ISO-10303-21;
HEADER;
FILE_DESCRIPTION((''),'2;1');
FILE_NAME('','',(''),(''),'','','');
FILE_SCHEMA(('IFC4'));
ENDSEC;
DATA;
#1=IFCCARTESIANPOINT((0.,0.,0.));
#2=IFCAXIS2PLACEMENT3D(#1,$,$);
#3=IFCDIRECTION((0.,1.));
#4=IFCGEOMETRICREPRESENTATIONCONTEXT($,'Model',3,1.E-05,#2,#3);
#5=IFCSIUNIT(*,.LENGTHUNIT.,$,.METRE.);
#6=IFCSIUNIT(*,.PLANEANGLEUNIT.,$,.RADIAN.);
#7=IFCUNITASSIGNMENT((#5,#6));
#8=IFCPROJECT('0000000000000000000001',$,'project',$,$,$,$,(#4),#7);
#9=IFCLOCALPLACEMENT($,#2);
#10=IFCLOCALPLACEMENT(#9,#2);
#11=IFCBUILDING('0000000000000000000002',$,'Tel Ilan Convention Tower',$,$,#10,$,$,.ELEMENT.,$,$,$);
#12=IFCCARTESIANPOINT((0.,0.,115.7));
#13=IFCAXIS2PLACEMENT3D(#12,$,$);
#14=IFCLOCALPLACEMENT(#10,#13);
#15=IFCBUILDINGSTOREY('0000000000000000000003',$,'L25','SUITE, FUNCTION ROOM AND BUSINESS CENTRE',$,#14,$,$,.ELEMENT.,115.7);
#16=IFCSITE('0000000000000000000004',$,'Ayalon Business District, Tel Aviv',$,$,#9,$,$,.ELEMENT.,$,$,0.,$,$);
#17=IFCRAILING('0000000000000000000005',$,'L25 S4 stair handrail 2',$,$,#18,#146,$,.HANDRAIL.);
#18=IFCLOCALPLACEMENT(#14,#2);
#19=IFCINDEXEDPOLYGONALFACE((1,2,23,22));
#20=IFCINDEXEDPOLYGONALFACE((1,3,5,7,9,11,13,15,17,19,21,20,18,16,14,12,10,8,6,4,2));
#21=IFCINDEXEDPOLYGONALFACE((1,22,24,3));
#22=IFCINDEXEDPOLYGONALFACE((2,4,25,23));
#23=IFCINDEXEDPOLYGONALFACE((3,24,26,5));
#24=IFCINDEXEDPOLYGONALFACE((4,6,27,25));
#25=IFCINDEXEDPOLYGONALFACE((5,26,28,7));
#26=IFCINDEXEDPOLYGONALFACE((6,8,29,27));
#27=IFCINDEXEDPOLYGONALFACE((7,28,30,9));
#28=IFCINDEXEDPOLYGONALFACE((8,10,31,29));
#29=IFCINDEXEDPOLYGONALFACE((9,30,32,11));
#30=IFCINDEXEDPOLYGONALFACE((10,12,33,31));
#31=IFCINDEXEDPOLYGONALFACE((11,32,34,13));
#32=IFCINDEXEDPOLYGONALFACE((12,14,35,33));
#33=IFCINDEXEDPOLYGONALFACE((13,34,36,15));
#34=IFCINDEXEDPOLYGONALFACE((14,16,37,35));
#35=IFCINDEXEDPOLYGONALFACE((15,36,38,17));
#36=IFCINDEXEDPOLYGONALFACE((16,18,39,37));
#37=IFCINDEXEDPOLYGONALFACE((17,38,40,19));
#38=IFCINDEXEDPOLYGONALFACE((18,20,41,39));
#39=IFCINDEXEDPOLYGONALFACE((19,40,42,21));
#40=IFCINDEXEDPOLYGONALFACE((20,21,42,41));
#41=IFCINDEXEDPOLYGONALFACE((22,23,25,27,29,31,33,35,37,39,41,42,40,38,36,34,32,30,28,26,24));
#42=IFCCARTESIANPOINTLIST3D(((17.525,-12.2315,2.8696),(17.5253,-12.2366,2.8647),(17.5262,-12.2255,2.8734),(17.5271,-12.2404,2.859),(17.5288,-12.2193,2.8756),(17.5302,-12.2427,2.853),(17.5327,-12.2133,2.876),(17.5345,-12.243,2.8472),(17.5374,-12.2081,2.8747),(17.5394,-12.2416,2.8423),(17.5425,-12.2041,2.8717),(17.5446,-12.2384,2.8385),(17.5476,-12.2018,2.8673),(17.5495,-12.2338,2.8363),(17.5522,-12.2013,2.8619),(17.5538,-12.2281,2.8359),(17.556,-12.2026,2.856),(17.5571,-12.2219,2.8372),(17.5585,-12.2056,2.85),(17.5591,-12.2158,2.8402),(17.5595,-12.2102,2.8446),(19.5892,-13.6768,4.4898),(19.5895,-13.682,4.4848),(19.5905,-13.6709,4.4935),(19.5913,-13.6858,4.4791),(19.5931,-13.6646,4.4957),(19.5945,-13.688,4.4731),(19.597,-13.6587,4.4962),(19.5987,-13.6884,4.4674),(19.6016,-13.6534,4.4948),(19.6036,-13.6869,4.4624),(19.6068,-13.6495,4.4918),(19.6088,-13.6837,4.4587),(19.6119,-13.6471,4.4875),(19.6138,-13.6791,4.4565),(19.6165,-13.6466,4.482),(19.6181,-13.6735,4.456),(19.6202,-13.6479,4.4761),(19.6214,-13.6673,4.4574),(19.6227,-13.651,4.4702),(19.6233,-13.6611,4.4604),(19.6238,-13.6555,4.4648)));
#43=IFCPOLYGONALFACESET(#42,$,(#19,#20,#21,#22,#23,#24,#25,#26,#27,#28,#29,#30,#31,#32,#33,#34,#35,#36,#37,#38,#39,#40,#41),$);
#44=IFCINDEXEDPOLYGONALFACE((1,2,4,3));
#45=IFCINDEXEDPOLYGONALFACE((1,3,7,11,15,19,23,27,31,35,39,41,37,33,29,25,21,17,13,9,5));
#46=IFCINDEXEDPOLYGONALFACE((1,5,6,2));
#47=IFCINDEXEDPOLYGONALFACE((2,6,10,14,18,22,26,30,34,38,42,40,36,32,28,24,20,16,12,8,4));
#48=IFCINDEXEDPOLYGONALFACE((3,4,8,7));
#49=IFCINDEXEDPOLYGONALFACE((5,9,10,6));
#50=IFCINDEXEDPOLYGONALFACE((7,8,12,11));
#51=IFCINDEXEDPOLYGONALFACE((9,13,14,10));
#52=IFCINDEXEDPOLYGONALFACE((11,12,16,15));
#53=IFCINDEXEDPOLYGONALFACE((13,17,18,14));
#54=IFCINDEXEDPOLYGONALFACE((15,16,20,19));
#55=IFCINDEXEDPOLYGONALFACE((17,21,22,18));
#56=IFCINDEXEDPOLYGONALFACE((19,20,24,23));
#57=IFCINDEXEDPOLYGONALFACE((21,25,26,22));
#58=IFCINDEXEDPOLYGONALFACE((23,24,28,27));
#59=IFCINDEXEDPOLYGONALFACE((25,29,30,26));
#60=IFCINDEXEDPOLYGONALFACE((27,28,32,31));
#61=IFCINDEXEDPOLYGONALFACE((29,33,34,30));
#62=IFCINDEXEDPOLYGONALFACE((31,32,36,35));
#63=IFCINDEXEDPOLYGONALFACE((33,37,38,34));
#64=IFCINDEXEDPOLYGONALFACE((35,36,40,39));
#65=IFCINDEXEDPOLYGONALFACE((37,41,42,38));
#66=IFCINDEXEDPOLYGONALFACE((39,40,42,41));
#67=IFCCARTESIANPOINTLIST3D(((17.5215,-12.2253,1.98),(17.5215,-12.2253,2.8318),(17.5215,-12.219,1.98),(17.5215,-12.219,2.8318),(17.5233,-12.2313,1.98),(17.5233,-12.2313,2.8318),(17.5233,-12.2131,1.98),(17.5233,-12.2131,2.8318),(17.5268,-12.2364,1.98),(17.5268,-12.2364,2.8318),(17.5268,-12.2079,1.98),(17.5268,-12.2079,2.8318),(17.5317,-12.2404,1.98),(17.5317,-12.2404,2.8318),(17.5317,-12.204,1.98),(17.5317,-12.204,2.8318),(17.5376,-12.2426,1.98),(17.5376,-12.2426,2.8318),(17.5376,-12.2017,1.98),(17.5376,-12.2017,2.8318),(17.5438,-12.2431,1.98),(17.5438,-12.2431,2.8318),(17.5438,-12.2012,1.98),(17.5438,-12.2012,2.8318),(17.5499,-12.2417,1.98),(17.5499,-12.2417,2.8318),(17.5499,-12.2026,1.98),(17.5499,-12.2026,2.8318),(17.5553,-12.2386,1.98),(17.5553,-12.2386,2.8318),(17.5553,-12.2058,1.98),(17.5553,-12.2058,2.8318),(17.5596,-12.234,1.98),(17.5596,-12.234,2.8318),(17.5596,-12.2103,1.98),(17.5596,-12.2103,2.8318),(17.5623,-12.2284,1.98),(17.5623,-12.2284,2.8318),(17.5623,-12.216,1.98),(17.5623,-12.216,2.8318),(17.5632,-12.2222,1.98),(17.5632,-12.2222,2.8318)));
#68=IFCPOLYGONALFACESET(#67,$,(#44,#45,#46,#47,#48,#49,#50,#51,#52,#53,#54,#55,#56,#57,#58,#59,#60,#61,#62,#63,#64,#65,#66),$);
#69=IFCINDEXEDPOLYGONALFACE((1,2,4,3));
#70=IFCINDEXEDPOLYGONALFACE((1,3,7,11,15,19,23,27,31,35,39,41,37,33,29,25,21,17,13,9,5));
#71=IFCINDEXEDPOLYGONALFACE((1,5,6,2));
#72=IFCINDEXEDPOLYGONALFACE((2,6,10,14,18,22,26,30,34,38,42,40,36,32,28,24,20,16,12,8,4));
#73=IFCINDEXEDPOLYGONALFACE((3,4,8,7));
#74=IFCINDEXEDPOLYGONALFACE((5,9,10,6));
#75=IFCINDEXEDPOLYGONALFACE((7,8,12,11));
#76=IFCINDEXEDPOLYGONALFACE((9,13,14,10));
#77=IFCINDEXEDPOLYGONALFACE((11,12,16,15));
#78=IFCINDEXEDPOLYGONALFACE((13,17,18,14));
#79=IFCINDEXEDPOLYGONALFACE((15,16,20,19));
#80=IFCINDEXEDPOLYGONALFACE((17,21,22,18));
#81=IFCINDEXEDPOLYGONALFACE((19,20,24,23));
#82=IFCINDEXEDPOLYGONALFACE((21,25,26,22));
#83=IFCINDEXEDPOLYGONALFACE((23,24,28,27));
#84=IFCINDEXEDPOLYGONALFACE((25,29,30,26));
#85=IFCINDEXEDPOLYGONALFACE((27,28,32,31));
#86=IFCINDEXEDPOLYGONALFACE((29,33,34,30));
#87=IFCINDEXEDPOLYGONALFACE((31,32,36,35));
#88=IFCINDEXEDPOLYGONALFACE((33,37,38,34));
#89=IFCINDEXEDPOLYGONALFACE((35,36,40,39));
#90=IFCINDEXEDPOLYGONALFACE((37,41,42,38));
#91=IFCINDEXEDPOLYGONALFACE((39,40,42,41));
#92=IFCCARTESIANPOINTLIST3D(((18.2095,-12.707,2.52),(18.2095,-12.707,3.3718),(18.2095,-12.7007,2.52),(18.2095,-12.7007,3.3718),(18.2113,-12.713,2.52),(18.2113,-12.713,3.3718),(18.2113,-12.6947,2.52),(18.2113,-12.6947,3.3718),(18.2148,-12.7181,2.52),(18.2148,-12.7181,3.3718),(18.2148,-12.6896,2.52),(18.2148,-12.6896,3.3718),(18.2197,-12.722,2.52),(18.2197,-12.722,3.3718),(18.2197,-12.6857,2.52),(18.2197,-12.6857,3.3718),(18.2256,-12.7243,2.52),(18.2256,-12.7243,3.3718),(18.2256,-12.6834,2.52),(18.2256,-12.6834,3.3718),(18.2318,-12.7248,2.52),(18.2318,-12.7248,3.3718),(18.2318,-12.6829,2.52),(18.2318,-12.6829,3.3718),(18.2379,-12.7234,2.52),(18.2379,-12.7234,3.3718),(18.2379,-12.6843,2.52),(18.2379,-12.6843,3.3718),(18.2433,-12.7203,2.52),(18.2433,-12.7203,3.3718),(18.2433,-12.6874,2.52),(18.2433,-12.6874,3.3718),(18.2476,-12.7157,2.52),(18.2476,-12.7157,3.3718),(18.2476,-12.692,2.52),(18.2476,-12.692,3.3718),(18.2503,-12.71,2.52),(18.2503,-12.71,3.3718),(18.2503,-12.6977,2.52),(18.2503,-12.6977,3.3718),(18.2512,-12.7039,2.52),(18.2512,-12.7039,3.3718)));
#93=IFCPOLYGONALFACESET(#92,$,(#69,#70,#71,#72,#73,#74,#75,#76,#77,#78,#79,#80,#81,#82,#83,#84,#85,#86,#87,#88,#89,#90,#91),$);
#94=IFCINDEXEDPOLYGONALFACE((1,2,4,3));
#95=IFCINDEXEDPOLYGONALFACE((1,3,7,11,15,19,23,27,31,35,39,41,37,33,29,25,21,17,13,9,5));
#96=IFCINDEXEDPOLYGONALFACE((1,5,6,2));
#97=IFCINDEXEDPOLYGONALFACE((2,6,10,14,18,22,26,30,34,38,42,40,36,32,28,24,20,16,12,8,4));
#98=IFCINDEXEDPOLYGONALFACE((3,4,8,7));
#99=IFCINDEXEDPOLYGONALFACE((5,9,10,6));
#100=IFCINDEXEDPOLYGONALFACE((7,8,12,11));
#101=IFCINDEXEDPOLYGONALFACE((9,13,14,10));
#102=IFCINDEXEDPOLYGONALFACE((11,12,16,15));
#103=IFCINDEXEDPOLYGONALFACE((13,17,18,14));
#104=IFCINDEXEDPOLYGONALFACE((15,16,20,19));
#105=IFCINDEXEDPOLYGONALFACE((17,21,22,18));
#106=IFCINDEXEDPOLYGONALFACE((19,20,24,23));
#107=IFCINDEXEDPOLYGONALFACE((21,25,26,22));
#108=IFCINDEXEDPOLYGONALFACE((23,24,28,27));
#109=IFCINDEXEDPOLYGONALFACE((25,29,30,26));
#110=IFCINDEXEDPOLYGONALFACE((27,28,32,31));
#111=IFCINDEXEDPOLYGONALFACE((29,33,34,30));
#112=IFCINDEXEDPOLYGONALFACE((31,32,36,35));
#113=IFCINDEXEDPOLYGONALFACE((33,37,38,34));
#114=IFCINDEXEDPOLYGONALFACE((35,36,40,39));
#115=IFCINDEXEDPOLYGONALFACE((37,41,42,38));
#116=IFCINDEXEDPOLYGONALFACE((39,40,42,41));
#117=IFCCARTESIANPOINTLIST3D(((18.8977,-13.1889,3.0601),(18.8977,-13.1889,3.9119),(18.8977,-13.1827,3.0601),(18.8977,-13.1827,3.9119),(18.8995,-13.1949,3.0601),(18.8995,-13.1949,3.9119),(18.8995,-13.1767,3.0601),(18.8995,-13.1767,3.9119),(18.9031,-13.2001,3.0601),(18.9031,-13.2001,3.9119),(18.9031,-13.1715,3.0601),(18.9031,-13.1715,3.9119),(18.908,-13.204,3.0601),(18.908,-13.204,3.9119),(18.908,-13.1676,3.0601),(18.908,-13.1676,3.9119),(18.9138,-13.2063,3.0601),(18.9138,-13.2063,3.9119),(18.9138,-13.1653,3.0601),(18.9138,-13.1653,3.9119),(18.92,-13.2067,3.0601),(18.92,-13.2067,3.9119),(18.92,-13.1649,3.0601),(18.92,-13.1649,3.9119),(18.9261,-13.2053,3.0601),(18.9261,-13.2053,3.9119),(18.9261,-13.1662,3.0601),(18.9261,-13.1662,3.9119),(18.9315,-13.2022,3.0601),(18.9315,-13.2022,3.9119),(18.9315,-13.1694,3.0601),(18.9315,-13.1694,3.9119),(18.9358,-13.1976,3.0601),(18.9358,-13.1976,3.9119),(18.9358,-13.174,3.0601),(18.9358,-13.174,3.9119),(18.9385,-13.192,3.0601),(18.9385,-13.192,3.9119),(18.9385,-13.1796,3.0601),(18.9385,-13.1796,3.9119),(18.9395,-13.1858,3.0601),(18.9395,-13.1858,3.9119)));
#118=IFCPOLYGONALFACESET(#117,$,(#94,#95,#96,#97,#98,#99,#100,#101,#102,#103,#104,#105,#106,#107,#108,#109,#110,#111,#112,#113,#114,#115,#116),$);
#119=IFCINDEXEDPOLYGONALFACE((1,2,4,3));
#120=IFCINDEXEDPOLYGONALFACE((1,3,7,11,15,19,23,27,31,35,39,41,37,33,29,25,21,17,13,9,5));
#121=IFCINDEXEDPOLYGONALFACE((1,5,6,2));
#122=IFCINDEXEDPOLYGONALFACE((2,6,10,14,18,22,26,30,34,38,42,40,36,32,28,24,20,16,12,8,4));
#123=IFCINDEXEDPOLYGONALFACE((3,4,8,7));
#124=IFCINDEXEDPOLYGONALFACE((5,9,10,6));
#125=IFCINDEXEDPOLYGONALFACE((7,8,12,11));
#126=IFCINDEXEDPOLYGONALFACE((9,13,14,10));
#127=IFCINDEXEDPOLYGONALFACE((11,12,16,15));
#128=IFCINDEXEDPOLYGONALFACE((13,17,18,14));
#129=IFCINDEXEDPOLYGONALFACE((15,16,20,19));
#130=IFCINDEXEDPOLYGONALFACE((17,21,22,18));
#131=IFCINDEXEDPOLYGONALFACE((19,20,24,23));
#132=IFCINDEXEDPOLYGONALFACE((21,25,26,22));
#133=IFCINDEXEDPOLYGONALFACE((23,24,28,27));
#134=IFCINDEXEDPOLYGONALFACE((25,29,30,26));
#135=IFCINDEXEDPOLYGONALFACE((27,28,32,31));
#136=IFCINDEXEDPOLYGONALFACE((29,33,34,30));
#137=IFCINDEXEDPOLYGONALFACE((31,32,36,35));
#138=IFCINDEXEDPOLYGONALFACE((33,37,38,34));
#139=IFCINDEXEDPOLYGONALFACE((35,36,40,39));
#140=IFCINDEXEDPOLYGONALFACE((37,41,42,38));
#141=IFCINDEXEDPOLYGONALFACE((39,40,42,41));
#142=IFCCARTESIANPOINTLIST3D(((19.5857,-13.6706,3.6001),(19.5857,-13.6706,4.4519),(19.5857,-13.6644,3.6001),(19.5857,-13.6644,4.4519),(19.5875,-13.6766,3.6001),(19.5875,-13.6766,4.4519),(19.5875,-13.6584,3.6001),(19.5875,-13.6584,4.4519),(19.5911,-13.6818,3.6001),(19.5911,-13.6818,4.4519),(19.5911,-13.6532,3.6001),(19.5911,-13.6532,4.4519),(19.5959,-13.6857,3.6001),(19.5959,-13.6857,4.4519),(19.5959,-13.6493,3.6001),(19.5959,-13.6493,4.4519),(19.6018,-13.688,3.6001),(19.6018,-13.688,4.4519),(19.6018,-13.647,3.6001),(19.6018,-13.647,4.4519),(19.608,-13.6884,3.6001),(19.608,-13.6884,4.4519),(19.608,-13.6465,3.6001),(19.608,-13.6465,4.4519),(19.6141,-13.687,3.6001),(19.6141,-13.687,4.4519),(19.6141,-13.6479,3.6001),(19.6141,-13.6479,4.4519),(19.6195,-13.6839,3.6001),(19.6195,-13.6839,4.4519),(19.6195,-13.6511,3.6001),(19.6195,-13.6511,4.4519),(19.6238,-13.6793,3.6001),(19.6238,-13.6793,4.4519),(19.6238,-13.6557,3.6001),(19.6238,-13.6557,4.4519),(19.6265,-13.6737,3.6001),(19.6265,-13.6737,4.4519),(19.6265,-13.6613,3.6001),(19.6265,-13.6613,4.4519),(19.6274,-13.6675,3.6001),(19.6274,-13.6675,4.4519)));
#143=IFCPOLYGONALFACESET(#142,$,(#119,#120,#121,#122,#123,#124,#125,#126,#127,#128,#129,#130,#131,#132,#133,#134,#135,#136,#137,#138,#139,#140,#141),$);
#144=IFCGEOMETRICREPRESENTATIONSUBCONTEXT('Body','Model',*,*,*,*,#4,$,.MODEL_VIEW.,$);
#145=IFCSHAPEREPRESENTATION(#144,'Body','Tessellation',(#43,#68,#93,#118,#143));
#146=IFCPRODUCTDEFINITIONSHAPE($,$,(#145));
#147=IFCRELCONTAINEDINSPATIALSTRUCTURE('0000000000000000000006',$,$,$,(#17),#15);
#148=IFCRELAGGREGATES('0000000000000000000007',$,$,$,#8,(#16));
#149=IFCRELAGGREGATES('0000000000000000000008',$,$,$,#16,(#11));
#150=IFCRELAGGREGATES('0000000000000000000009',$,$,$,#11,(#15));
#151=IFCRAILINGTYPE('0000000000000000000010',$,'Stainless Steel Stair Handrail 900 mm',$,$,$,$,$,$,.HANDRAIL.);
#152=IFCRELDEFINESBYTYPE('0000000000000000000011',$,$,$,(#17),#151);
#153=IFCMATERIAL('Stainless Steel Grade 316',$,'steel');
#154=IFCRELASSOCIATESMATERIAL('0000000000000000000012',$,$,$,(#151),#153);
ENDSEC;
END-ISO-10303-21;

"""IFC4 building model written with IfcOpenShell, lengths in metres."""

from ifc_helpers import new_model, si_unit, direction, frame, origin, origin_2d, place, context, subcontext, project, spatial, circle, extrude, material, type_object, element, save


model = new_model("IFC4")

# Units and contexts
model_context = context("Model", 3, precision=1e-05, world=origin(), true_north=direction((0.0, 1.0)))
body_context = subcontext(model_context, "Body", "Model", "MODEL_VIEW")
ifc_project = project(units=[si_unit("LENGTHUNIT", "METRE"), si_unit("PLANEANGLEUNIT", "RADIAN")], contexts=[model_context])

# Site, building, storey
site_placement = place(None, origin())
site = spatial("IfcSite", under=ifc_project, at=site_placement, Name="Ayalon Business District, Tel Aviv", CompositionType="ELEMENT", RefElevation=0.0)
building_placement = place(site_placement, origin())
building = spatial("IfcBuilding", under=site, at=building_placement, Name="Tel Ilan Convention Tower", CompositionType="ELEMENT")
storey_placement = place(building_placement, frame((0.0, 0.0, 115.7)))
storey = spatial("IfcBuildingStorey", under=building, at=storey_placement, Name="L25", Description="SUITE, FUNCTION ROOM AND BUSINESS CENTRE", CompositionType="ELEMENT", Elevation=115.7)

# Railing
ifc_material_1 = material(Name="Stainless Steel Grade 316", Category="steel")
railing_type_1 = type_object("IfcRailingType", Name="Stainless Steel Stair Handrail 900 mm", PredefinedType="HANDRAIL", material=ifc_material_1)
railing_1_placement = place(storey_placement, frame((17.5422, -12.2222, 1.98)))
element("IfcRailing", 1, at=railing_1_placement, inside=storey, type_object=railing_type_1, Name="L25 S4 stair handrail 2", PredefinedType="HANDRAIL", context=body_context, shape_type="SweptSolid", body=[
    extrude(circle(Radius=0.0239, at=origin_2d()), frame((0.0, 0.0, 0.876), z_axis=(0.68904, -0.48245, 0.540801), x_axis=(0.57356, 0.819164, 0.0)), (0.0, 0.0, 1.0), 2.9958),
    extrude(circle(Radius=0.021, at=origin_2d()), origin(), (0.0, 0.0, 1.0), 0.8518),
    extrude(circle(Radius=0.021, at=origin_2d()), frame((0.688, -0.4817, 0.54)), (0.0, 0.0, 1.0), 0.8518),
    extrude(circle(Radius=0.021, at=origin_2d()), frame((1.3762, -0.9636, 1.0801)), (0.0, 0.0, 1.0), 0.8518),
    extrude(circle(Radius=0.021, at=origin_2d()), frame((2.0642, -1.4453, 1.6201)), (0.0, 0.0, 1.0), 0.8518),
])

save(model, "model.ifc")
